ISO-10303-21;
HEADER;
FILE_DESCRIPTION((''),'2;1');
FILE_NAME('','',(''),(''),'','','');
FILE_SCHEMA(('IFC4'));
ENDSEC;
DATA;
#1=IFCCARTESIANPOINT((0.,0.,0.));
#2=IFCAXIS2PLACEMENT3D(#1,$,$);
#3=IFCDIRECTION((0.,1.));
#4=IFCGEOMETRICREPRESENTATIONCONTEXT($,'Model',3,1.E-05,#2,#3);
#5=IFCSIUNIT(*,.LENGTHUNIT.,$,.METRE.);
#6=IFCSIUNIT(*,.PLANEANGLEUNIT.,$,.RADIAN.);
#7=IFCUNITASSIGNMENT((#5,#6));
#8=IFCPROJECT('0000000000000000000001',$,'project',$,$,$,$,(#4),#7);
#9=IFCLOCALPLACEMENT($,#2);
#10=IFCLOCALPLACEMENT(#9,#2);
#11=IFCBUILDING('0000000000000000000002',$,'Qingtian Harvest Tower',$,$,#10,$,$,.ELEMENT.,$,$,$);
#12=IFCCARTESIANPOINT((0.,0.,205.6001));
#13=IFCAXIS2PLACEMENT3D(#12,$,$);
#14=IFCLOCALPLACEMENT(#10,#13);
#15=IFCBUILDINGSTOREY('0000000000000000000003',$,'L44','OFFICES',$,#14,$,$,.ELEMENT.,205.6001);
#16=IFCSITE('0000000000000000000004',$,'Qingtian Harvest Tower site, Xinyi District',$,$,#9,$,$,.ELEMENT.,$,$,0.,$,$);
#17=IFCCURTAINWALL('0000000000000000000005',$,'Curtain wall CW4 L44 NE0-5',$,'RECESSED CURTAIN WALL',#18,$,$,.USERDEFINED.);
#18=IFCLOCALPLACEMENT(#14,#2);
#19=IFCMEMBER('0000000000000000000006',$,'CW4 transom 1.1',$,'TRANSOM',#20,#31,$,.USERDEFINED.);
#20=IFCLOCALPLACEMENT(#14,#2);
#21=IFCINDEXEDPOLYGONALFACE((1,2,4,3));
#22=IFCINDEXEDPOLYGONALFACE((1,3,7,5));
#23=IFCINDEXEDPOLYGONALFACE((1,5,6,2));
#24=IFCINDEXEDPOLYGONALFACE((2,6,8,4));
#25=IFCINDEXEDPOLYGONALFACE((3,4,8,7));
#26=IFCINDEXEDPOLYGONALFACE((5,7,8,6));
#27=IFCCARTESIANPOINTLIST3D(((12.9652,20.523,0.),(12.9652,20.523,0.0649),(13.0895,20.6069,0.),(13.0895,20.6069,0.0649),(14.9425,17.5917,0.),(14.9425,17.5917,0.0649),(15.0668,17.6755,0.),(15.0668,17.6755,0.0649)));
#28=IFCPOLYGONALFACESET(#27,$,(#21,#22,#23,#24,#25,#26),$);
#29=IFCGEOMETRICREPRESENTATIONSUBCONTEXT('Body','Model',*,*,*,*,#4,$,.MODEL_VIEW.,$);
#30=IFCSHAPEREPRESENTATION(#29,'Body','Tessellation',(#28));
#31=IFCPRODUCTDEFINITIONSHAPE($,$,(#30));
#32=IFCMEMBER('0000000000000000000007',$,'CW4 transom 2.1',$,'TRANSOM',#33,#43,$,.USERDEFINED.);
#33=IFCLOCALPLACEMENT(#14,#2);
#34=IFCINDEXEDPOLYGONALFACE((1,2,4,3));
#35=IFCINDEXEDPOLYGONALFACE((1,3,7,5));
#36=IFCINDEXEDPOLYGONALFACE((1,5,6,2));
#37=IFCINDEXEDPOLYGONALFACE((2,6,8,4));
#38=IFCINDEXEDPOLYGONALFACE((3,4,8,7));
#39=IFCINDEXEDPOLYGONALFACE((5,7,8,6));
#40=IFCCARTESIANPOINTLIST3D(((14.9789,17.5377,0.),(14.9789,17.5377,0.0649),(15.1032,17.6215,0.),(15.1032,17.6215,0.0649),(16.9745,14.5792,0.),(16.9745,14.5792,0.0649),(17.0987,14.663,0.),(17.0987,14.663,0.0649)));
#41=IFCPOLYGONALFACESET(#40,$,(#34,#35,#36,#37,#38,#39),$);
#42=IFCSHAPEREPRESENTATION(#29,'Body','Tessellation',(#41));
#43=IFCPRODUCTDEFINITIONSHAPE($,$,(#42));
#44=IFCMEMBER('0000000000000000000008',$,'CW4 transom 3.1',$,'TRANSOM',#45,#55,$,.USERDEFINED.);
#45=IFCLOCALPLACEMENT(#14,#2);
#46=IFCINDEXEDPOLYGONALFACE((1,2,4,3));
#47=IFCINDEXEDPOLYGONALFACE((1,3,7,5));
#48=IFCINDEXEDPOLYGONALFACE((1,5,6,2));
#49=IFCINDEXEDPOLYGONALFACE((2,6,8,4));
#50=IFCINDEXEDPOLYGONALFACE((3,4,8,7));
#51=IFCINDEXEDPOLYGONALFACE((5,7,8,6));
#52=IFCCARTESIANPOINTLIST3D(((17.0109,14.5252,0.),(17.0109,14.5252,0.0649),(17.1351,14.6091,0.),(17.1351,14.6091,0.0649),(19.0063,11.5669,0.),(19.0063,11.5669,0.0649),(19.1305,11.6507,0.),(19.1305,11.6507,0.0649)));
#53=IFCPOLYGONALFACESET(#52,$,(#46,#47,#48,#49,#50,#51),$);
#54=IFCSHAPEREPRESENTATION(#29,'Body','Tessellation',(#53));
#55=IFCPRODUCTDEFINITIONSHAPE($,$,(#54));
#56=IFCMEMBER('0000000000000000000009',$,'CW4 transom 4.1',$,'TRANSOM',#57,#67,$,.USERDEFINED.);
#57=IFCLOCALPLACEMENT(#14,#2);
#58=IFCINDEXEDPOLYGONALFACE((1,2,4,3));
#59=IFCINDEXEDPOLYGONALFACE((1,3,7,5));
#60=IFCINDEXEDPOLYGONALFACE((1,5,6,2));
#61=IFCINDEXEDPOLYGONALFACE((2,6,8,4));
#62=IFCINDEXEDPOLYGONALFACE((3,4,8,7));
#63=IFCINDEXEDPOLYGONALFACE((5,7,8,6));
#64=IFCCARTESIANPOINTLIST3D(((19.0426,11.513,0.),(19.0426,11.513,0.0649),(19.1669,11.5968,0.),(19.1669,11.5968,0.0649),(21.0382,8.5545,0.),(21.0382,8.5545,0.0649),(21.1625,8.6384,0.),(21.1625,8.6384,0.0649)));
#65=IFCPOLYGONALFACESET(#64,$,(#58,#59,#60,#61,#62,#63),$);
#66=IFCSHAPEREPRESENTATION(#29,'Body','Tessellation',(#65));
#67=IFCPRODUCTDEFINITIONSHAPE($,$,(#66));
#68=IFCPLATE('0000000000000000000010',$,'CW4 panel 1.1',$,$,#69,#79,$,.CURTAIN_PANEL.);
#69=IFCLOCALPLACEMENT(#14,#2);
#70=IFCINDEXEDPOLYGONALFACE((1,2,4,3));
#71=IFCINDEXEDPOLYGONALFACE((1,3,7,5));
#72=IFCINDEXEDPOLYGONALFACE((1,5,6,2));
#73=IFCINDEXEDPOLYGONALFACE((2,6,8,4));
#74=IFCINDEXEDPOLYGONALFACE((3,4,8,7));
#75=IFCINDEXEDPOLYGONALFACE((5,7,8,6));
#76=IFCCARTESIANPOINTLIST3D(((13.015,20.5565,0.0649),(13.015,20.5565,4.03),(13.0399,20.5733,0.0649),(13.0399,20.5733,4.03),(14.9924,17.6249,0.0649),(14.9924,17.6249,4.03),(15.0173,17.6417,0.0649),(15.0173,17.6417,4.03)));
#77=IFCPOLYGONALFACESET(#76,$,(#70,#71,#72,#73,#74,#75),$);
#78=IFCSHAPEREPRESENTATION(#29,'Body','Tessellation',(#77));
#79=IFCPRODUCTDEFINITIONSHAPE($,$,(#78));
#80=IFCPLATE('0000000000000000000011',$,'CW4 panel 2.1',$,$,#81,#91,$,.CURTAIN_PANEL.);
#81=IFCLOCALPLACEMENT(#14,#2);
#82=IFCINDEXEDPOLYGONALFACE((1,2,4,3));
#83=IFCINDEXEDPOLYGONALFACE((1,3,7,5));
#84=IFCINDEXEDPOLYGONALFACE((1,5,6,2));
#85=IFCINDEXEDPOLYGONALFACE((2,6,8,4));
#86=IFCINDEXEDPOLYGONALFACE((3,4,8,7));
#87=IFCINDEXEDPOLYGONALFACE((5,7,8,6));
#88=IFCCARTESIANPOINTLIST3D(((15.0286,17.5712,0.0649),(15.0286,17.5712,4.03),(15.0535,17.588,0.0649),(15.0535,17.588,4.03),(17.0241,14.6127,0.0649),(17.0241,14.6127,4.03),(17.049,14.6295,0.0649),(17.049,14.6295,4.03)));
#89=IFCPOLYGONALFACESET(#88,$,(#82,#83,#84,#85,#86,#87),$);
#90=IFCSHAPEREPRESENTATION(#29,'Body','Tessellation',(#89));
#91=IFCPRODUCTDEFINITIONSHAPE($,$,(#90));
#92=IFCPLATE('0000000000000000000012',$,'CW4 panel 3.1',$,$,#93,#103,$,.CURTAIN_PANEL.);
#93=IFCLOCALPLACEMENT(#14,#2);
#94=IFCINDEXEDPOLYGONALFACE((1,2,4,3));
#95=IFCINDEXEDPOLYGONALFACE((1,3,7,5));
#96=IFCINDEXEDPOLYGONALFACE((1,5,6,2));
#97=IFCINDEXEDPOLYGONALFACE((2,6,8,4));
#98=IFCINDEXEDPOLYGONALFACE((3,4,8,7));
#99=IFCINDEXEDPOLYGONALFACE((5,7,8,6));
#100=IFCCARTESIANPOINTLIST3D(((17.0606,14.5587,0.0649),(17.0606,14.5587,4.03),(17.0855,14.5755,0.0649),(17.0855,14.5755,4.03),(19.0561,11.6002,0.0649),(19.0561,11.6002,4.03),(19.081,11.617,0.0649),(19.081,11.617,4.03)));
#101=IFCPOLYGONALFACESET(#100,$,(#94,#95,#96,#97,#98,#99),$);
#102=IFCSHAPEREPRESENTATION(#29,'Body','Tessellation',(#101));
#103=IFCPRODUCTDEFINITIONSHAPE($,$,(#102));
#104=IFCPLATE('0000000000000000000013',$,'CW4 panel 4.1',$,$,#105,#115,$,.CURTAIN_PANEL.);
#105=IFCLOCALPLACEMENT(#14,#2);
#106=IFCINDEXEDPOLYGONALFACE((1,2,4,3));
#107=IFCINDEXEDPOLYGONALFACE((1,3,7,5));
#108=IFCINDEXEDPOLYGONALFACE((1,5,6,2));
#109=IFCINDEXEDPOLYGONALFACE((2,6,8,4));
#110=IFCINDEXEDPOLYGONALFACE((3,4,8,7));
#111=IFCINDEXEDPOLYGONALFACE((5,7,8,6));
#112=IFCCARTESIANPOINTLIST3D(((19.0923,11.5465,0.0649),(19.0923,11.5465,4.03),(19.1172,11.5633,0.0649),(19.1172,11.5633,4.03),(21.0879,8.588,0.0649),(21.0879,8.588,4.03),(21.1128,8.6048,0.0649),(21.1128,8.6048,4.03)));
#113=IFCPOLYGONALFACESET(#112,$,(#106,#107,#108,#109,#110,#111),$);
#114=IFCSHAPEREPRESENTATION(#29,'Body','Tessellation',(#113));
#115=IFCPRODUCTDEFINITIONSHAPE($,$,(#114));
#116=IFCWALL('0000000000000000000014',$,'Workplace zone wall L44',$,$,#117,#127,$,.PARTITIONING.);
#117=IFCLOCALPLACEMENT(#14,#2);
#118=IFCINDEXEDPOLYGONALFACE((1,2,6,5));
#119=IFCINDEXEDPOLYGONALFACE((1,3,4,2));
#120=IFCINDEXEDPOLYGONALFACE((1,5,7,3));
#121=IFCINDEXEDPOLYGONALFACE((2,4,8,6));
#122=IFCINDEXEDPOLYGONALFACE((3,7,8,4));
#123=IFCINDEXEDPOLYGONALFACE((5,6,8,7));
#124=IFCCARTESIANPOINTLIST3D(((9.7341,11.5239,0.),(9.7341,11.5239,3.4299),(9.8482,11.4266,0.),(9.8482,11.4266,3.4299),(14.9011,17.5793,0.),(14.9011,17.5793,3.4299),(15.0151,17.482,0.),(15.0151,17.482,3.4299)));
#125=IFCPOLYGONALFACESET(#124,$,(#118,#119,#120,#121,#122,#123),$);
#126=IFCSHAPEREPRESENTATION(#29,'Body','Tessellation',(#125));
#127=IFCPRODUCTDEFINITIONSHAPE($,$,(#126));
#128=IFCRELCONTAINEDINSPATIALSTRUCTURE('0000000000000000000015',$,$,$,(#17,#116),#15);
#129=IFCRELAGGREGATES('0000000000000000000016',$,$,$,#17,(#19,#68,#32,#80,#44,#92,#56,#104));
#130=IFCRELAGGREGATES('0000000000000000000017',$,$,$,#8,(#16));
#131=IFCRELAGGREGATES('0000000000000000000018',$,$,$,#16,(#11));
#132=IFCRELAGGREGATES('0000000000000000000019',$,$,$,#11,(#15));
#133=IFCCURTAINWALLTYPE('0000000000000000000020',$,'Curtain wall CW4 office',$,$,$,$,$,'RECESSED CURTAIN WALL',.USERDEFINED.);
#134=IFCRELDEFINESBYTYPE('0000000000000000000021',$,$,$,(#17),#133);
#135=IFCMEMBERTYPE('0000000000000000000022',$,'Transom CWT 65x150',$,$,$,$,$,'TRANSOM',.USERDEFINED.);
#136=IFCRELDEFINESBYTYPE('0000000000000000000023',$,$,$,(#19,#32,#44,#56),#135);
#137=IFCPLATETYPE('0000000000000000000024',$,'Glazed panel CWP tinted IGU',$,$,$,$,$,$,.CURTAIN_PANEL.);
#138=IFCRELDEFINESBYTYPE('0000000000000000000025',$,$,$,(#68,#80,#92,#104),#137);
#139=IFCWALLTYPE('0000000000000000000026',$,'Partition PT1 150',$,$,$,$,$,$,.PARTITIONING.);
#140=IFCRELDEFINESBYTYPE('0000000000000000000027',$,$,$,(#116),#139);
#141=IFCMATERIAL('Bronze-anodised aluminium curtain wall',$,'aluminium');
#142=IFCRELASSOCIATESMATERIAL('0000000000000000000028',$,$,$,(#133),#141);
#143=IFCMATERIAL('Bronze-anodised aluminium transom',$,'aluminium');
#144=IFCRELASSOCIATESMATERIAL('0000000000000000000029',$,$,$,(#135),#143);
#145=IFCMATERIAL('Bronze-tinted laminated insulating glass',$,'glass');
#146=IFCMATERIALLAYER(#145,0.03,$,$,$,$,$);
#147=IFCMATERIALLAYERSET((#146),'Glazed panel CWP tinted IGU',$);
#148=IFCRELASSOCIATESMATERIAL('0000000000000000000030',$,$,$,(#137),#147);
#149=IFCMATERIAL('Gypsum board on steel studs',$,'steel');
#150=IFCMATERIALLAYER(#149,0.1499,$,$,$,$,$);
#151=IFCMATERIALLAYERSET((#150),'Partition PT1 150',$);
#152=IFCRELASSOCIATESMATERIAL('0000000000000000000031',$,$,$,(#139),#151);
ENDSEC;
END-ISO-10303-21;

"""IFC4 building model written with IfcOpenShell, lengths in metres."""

from ifc_helpers import new_model, si_unit, direction, frame, frame_2d, origin, origin_2d, place, context, subcontext, project, spatial, rectangle, extrude, material, layer, layer_set, material_profile, profile_set, type_object, element, aggregate, save


model = new_model("IFC4")

# Units and contexts
model_context = context("Model", 3, precision=1e-05, world=origin(), true_north=direction((0.0, 1.0)))
body_context = subcontext(model_context, "Body", "Model", "MODEL_VIEW")
ifc_project = project(units=[si_unit("LENGTHUNIT", "METRE"), si_unit("PLANEANGLEUNIT", "RADIAN")], contexts=[model_context])

# Site, building, storey
site_placement = place(None, origin())
site = spatial("IfcSite", under=ifc_project, at=site_placement, Name="Qingtian Harvest Tower site, Xinyi District", CompositionType="ELEMENT", RefElevation=0.0)
building_placement = place(site_placement, origin())
building = spatial("IfcBuilding", under=site, at=building_placement, Name="Qingtian Harvest Tower", CompositionType="ELEMENT")
storey_placement = place(building_placement, frame((0.0, 0.0, 205.6001)))
storey = spatial("IfcBuildingStorey", under=building, at=storey_placement, Name="L44", Description="OFFICES", CompositionType="ELEMENT", Elevation=205.6001)

# Curtain wall
ifc_material_1 = material(Name="Bronze-anodised aluminium curtain wall", Category="aluminium")
curtain_wall_type = type_object("IfcCurtainWallType", Name="Curtain wall CW4 office", ElementType="RECESSED CURTAIN WALL", PredefinedType="USERDEFINED", material=ifc_material_1)
curtain_wall_placement = place(storey_placement, origin())
curtain_wall = element("IfcCurtainWall", 1, at=curtain_wall_placement, inside=storey, type_object=curtain_wall_type, Name="Curtain wall CW4 L44 NE0-5", ObjectType="RECESSED CURTAIN WALL", PredefinedType="USERDEFINED")

# Members
ifc_material_2 = material(Name="Bronze-anodised aluminium transom", Category="aluminium")
ifc_material_profile_1 = material_profile(ifc_material_2, rectangle(XDim=0.1499, YDim=0.0649, at=origin_2d()), Name="AL 65x150")
ifc_profile_set_1 = profile_set([ifc_material_profile_1], Name="Bronze-anodised aluminium transom")
member_type_1 = type_object("IfcMemberType", Name="Transom CWT 65x150", ElementType="TRANSOM", PredefinedType="USERDEFINED", material=ifc_profile_set_1)
member_1_placement = place(storey_placement, frame((13.0273, 20.5649, 0.0325), z_axis=(0.559201, -0.829032, 0.0), x_axis=(0.829032, 0.559201, 0.0)))
member_1 = element("IfcMember", 2, at=member_1_placement, type_object=member_type_1, Name="CW4 transom 1.1", ObjectType="TRANSOM", PredefinedType="USERDEFINED", context=body_context, shape_type="SweptSolid", body=[
    extrude(rectangle(XDim=0.1499, YDim=0.0649, at=origin_2d()), origin(), (0.0, 0.0, 1.0), 3.5359),
])
member_2_placement = place(storey_placement, frame((15.041, 17.5796, 0.0325), z_axis=(0.559207, -0.829028, 0.0), x_axis=(0.829028, 0.559207, 0.0)))
member_2 = element("IfcMember", 3, at=member_2_placement, type_object=member_type_1, Name="CW4 transom 2.1", ObjectType="TRANSOM", PredefinedType="USERDEFINED", context=body_context, shape_type="SweptSolid", body=[
    extrude(rectangle(XDim=0.1499, YDim=0.0649, at=origin_2d()), origin(), (0.0, 0.0, 1.0), 3.5686),
])
member_3_placement = place(storey_placement, frame((17.073, 14.5671, 0.0325), z_axis=(0.559192, -0.829038, 0.0), x_axis=(0.829038, 0.559192, 0.0)))
member_3 = element("IfcMember", 4, at=member_3_placement, type_object=member_type_1, Name="CW4 transom 3.1", ObjectType="TRANSOM", PredefinedType="USERDEFINED", context=body_context, shape_type="SweptSolid", body=[
    extrude(rectangle(XDim=0.1499, YDim=0.0649, at=origin_2d()), origin(), (0.0, 0.0, 1.0), 3.5684),
])
member_4_placement = place(storey_placement, frame((19.1047, 11.5549, 0.0325), z_axis=(0.559207, -0.829028, 0.0), x_axis=(0.829028, 0.559207, 0.0)))
member_4 = element("IfcMember", 5, at=member_4_placement, type_object=member_type_1, Name="CW4 transom 4.1", ObjectType="TRANSOM", PredefinedType="USERDEFINED", context=body_context, shape_type="SweptSolid", body=[
    extrude(rectangle(XDim=0.1499, YDim=0.0649, at=origin_2d()), origin(), (0.0, 0.0, 1.0), 3.5686),
])

# Plates
ifc_material_3 = material(Name="Bronze-tinted laminated insulating glass", Category="glass")
ifc_layer_1 = layer(ifc_material_3, 0.03)
ifc_layer_set_1 = layer_set([ifc_layer_1], Name="Glazed panel CWP tinted IGU")
plate_type = type_object("IfcPlateType", Name="Glazed panel CWP tinted IGU", PredefinedType="CURTAIN_PANEL", material=ifc_layer_set_1)
plate_1_placement = place(storey_placement, frame((14.0161, 19.0991, 0.0649), z_axis=(0.0, 0.0, 1.0), x_axis=(0.559193, -0.829038, 0.0)))
plate_1 = element("IfcPlate", 6, at=plate_1_placement, type_object=plate_type, Name="CW4 panel 1.1", PredefinedType="CURTAIN_PANEL", context=body_context, shape_type="SweptSolid", body=[
    extrude(rectangle(XDim=3.5361, YDim=0.03, at=origin_2d()), origin(), (0.0, 0.0, 1.0), 3.9651),
])
plate_2_placement = place(storey_placement, frame((16.0388, 16.1003, 0.0649), z_axis=(0.0, 0.0, 1.0), x_axis=(0.559193, -0.829038, 0.0)))
plate_2 = element("IfcPlate", 7, at=plate_2_placement, type_object=plate_type, Name="CW4 panel 2.1", PredefinedType="CURTAIN_PANEL", context=body_context, shape_type="SweptSolid", body=[
    extrude(rectangle(XDim=3.5686, YDim=0.03, at=origin_2d()), origin(), (0.0, 0.0, 1.0), 3.9651),
])
plate_3_placement = place(storey_placement, frame((18.0708, 13.0879, 0.0649), z_axis=(0.0, 0.0, 1.0), x_axis=(0.559193, -0.829038, 0.0)))
plate_3 = element("IfcPlate", 8, at=plate_3_placement, type_object=plate_type, Name="CW4 panel 3.1", PredefinedType="CURTAIN_PANEL", context=body_context, shape_type="SweptSolid", body=[
    extrude(rectangle(XDim=3.5686, YDim=0.03, at=origin_2d()), origin(), (0.0, 0.0, 1.0), 3.9651),
])
plate_4_placement = place(storey_placement, frame((20.1025, 10.0757, 0.0649), z_axis=(0.0, 0.0, 1.0), x_axis=(0.559193, -0.829038, 0.0)))
plate_4 = element("IfcPlate", 9, at=plate_4_placement, type_object=plate_type, Name="CW4 panel 4.1", PredefinedType="CURTAIN_PANEL", context=body_context, shape_type="SweptSolid", body=[
    extrude(rectangle(XDim=3.5686, YDim=0.03, at=origin_2d()), origin(), (0.0, 0.0, 1.0), 3.9651),
])
aggregate(curtain_wall, [member_1, plate_1, member_2, plate_2, member_3, plate_3, member_4, plate_4])

# Wall
ifc_material_4 = material(Name="Gypsum board on steel studs", Category="steel")
ifc_layer_2 = layer(ifc_material_4, 0.1499)
ifc_layer_set_2 = layer_set([ifc_layer_2], Name="Partition PT1 150")
wall_type = type_object("IfcWallType", Name="Partition PT1 150", PredefinedType="PARTITIONING", material=ifc_layer_set_2)
wall_1_placement = place(storey_placement, frame((14.958, 17.5305, 0.0), z_axis=(0.0, 0.0, 1.0), x_axis=(-0.649098, -0.760705, 0.0)))
element("IfcWall", 10, at=wall_1_placement, inside=storey, type_object=wall_type, Name="Workplace zone wall L44", PredefinedType="PARTITIONING", context=body_context, shape_type="SweptSolid", body=[
    extrude(rectangle(XDim=7.9602, YDim=0.1499, at=frame_2d((3.98, 0.0))), origin(), (0.0, 0.0, 1.0), 3.4299),
])

save(model, "model.ifc")
